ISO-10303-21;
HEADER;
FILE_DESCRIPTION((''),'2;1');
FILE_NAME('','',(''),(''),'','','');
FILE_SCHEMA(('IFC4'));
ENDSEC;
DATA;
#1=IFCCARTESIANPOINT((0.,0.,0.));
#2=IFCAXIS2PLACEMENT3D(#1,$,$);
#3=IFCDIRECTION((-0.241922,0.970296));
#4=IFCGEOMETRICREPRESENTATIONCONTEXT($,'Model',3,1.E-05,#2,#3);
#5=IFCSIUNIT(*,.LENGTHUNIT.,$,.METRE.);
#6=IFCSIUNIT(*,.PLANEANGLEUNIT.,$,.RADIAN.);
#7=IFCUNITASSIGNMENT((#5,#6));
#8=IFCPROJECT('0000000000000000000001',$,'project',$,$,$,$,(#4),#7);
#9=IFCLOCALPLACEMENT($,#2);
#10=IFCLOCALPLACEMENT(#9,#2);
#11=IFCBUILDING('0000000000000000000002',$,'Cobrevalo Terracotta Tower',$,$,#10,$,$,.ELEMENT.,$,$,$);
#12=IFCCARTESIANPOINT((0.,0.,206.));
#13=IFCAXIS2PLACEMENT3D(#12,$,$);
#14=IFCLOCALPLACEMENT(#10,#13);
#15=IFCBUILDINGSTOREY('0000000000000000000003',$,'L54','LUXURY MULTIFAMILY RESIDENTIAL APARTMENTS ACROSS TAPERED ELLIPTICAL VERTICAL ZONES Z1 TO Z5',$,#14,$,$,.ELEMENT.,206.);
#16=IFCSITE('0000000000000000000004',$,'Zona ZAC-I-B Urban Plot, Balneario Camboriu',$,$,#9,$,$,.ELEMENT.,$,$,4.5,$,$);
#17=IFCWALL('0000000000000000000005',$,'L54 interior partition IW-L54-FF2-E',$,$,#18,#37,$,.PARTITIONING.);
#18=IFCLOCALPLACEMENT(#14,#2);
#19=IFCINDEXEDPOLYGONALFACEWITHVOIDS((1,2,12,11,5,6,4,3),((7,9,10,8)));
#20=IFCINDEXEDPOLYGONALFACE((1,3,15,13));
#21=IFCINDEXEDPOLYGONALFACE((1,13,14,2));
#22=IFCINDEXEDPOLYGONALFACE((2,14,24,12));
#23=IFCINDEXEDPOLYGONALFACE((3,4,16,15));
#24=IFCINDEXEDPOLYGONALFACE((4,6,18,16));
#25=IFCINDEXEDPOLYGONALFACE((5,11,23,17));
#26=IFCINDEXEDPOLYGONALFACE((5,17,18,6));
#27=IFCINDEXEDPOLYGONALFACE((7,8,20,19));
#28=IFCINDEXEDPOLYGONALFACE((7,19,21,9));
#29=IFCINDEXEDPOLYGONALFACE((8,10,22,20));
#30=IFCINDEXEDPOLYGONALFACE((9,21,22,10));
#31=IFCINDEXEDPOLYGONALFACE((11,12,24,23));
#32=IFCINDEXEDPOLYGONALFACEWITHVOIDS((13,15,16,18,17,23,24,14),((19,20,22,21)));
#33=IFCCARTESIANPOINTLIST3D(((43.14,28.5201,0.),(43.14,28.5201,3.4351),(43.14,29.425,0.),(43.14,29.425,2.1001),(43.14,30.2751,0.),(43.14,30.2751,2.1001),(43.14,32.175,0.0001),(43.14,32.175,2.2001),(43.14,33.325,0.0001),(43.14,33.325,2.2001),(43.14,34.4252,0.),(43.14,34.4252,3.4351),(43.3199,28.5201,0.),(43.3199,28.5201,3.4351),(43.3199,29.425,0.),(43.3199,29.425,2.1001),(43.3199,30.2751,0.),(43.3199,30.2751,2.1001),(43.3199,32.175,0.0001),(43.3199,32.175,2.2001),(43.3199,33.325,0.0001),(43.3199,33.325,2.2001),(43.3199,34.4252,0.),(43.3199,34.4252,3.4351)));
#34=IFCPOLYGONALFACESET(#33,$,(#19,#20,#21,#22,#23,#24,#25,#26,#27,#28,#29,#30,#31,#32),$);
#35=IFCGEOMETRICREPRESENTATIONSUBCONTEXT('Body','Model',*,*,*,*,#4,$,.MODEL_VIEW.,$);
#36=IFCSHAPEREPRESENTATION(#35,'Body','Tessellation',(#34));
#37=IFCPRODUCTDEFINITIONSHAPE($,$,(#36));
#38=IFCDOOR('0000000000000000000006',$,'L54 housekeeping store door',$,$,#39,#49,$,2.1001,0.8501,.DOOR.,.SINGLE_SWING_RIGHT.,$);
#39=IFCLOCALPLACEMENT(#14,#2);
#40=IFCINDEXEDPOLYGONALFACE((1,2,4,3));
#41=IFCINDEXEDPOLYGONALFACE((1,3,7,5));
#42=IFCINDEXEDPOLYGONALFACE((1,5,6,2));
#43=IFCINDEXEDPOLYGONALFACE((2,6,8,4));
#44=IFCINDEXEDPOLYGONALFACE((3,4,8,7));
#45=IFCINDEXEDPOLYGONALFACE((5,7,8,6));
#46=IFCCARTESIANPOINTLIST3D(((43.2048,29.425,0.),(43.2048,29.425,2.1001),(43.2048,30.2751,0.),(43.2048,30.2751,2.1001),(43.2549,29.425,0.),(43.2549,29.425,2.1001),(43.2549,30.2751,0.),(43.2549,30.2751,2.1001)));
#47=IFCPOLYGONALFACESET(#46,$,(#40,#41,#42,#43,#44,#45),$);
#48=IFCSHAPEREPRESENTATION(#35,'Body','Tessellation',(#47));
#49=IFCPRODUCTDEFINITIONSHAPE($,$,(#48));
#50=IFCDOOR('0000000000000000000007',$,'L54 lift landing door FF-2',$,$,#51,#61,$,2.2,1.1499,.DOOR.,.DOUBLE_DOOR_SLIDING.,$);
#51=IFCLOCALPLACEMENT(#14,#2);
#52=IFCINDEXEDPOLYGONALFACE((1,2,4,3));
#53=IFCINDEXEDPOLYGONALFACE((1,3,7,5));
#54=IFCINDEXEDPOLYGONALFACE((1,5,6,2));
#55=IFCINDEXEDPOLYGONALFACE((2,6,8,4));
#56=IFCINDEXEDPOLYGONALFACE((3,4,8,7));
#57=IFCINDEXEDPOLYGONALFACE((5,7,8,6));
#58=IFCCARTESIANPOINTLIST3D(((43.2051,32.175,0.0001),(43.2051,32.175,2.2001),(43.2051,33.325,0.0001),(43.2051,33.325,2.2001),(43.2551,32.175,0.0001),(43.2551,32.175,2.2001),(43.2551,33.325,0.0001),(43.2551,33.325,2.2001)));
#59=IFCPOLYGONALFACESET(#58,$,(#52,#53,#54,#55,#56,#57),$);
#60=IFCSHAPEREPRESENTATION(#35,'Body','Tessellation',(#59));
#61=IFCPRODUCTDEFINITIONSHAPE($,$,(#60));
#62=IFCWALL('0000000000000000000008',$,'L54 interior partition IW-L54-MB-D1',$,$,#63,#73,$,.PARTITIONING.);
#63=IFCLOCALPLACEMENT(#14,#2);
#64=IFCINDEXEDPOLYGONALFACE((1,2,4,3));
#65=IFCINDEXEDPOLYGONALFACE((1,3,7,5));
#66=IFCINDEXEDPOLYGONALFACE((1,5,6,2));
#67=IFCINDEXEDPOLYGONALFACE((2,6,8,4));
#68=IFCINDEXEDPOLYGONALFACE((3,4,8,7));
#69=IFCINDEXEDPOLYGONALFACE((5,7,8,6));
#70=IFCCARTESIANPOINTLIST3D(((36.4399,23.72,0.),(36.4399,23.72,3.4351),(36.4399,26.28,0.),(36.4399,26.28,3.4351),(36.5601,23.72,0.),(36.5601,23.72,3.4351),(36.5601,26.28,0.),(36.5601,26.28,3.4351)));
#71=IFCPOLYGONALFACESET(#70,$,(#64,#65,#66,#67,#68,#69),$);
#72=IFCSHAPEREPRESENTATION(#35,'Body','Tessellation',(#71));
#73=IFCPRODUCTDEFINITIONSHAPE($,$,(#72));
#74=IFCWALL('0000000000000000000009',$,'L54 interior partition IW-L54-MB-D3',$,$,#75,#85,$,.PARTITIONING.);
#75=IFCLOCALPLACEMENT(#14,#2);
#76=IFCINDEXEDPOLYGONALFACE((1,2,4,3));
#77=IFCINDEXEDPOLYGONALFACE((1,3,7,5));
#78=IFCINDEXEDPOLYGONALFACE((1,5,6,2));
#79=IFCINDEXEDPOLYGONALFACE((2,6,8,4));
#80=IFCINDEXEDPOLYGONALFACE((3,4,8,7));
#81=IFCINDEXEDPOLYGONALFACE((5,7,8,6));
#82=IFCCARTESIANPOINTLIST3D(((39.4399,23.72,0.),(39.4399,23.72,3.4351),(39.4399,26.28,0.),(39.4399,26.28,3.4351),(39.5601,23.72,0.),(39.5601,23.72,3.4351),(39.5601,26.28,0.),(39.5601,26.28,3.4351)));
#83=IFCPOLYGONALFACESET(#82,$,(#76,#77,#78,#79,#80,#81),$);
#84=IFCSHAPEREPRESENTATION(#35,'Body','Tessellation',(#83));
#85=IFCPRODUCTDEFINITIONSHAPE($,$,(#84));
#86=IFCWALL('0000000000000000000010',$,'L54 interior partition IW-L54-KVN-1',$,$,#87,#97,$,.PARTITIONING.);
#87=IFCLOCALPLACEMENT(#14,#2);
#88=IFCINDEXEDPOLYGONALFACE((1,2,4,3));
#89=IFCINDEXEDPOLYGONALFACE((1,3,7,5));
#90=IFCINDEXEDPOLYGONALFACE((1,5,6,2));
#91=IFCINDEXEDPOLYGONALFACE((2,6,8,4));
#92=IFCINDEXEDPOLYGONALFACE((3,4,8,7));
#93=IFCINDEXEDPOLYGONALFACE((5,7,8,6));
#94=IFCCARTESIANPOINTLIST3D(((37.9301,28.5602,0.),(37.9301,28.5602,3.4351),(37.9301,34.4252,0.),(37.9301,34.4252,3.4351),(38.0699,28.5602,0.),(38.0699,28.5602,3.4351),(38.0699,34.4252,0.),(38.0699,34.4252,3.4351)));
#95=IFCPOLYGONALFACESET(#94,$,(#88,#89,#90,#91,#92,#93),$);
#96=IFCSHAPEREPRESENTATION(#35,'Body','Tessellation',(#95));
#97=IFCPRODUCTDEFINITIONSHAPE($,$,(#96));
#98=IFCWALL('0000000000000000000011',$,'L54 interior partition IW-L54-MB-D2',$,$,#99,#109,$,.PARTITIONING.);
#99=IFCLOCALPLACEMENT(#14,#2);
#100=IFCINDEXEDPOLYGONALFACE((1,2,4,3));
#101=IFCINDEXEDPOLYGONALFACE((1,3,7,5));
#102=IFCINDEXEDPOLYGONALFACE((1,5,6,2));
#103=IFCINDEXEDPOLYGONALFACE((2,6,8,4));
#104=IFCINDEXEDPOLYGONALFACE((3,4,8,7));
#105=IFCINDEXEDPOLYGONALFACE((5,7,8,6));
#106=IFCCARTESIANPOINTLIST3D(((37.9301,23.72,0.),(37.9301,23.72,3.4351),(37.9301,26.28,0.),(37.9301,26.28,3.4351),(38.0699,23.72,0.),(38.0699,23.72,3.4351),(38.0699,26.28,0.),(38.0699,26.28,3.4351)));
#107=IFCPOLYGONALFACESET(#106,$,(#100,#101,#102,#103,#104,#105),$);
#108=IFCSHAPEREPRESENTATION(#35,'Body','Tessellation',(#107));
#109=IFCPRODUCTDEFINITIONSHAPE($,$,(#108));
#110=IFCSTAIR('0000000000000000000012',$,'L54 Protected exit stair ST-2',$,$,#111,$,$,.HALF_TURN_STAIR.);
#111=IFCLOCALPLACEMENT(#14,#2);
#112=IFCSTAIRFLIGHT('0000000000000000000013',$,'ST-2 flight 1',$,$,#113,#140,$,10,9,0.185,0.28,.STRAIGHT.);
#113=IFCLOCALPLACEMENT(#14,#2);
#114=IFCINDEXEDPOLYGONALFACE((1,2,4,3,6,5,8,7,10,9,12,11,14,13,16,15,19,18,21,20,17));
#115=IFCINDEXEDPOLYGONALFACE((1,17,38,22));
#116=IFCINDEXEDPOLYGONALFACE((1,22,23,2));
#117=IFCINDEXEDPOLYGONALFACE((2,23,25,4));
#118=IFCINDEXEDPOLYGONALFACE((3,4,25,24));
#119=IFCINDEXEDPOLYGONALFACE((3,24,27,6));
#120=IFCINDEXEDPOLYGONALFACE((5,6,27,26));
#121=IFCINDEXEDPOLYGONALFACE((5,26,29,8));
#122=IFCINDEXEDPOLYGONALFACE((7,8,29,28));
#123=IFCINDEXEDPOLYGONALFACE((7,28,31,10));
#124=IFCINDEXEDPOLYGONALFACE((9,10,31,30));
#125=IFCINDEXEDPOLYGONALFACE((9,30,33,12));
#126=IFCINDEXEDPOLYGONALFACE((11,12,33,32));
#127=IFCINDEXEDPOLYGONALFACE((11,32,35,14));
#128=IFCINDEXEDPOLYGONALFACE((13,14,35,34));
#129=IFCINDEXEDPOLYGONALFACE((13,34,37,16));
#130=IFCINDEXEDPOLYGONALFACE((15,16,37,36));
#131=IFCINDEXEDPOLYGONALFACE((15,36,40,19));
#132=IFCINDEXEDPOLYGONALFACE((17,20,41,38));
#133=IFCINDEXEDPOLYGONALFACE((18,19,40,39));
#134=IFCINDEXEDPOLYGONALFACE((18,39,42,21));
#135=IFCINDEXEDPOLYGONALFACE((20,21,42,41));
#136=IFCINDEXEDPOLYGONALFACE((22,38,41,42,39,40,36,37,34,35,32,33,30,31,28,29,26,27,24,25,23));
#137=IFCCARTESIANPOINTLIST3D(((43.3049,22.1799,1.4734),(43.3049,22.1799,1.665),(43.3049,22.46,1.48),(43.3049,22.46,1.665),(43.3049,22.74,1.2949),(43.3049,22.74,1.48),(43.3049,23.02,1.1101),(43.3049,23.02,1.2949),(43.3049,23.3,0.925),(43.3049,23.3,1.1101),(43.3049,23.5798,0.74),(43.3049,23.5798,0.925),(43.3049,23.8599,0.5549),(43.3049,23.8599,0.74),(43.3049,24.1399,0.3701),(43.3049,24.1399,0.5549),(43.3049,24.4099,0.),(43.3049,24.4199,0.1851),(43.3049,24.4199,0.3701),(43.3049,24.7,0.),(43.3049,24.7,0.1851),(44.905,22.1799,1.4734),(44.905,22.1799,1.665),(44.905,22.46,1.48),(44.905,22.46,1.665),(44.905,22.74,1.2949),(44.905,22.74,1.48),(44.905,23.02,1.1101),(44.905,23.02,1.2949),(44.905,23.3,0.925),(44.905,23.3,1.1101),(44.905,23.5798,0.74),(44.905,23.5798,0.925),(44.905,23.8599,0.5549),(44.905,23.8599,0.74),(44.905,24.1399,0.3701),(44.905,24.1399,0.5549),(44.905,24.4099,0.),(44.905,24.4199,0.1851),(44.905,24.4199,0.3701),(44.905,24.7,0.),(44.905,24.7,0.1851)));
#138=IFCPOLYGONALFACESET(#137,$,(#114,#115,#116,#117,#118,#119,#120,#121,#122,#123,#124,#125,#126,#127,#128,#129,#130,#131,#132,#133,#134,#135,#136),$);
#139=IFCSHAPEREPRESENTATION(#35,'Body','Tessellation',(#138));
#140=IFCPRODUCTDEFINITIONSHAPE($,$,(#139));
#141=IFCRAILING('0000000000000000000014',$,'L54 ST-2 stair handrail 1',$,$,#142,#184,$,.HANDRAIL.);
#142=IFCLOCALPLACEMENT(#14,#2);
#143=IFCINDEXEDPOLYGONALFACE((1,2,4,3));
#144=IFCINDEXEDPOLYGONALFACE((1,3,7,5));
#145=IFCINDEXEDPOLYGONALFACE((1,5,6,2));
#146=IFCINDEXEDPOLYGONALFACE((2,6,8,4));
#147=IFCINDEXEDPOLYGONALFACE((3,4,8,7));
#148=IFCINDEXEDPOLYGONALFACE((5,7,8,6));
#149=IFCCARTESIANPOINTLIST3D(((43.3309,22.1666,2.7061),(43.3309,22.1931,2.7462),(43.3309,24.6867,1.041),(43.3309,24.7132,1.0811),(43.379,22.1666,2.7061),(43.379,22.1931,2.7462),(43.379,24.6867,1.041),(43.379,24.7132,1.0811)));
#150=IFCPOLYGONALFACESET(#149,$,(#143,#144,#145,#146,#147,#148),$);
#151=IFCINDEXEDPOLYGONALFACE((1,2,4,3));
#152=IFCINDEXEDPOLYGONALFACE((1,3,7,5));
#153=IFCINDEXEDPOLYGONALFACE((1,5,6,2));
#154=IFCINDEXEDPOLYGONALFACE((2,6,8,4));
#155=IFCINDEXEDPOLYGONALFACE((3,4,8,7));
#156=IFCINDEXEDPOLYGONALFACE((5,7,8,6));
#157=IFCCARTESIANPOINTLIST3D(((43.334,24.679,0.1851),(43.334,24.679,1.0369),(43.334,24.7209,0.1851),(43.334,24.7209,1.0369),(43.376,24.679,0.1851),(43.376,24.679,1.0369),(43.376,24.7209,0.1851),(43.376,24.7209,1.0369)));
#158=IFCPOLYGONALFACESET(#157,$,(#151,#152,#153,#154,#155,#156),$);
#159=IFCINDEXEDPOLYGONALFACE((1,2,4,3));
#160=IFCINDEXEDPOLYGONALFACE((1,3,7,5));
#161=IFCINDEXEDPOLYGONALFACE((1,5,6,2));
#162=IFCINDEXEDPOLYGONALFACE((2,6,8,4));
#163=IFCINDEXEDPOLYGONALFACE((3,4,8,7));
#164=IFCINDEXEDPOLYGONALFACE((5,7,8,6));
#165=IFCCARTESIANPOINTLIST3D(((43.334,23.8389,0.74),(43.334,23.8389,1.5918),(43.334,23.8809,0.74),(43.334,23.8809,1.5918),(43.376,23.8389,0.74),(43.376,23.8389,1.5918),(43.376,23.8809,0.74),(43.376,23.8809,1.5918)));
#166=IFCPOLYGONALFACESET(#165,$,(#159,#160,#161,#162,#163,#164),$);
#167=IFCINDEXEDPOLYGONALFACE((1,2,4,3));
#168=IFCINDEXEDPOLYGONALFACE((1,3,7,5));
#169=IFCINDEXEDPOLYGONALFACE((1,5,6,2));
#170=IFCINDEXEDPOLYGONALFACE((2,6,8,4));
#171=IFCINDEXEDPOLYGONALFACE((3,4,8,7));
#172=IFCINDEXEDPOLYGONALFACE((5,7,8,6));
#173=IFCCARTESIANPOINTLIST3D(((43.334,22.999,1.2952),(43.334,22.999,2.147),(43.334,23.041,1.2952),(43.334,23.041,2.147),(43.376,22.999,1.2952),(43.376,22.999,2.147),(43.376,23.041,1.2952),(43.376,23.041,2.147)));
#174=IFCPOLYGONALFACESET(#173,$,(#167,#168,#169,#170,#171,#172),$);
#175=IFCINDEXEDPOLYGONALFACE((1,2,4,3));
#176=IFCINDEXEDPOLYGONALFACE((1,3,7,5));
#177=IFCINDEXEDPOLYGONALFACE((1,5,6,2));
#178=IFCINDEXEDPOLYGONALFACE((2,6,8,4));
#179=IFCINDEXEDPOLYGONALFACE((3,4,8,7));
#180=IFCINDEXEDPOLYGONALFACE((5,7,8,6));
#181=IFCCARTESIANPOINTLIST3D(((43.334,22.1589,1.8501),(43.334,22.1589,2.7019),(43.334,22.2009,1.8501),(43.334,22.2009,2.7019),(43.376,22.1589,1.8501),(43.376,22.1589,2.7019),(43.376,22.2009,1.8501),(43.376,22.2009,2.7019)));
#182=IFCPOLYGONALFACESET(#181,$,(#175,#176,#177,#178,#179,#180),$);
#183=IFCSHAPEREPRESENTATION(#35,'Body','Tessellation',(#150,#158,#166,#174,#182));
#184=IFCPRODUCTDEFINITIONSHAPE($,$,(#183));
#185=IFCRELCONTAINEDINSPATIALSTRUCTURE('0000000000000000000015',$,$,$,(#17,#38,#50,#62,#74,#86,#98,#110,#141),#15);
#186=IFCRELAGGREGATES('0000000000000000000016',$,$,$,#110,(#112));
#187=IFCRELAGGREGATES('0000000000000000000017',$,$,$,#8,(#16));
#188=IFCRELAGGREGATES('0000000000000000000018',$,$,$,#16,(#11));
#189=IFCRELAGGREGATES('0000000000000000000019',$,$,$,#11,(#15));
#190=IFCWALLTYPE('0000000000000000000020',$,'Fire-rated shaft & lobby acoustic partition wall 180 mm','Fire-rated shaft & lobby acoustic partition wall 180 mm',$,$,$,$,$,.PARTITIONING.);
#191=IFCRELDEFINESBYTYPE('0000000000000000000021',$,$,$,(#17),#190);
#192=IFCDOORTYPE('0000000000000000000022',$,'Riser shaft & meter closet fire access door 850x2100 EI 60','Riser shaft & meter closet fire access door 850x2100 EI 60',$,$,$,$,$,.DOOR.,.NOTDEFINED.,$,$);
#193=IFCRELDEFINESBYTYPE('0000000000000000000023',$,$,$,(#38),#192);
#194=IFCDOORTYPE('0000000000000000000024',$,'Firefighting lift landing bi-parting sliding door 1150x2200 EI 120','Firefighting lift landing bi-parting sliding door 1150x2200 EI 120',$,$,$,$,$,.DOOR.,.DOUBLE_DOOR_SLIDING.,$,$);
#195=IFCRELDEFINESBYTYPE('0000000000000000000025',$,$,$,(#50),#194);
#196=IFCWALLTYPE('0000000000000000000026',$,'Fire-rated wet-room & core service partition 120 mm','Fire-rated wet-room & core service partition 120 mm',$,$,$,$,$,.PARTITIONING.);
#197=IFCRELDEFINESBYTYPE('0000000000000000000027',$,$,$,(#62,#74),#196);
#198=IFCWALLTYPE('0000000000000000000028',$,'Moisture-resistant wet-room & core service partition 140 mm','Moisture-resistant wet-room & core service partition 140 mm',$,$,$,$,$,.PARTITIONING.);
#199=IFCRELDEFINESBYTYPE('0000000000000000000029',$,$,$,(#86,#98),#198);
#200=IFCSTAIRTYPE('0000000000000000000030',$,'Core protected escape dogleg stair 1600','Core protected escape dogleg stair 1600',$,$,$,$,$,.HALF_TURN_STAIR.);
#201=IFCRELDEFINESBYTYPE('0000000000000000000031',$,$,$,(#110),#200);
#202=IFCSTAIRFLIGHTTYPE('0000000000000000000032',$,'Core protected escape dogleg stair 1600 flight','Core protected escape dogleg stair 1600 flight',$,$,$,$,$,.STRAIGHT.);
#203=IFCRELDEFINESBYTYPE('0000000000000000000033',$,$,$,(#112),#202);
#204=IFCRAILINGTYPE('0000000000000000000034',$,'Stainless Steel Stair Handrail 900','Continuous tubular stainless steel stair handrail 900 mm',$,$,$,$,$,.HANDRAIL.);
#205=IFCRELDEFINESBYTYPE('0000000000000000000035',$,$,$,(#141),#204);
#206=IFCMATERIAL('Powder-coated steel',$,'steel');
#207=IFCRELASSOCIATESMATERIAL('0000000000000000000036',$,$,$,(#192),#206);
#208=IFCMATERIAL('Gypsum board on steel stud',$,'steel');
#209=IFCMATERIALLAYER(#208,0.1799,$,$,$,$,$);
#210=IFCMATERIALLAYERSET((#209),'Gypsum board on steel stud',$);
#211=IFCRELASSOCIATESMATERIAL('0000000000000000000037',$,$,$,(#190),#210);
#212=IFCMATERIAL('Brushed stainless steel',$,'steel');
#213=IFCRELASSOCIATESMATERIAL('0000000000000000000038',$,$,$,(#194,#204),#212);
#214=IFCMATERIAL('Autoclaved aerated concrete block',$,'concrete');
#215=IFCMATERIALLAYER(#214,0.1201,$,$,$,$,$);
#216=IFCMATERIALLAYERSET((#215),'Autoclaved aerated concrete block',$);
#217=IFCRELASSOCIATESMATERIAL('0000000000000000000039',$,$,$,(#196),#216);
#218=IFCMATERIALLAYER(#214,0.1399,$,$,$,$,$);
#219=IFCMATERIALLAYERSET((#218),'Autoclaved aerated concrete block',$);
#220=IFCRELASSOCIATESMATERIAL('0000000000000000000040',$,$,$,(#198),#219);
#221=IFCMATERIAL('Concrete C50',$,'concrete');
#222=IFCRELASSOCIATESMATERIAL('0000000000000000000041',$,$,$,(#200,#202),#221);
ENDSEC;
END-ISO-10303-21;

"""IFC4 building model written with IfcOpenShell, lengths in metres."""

from ifc_helpers import new_model, si_unit, direction, frame, frame_2d, origin, origin_2d, place, context, subcontext, project, spatial, polyline, rectangle, outline, extrude, source, transform, mapped, material, layer, layer_set, type_object, element, fill, aggregate, save


model = new_model("IFC4")

# Units and contexts
model_context = context("Model", 3, precision=1e-05, world=origin(), true_north=direction((-0.241922, 0.970296)))
body_context = subcontext(model_context, "Body", "Model", "MODEL_VIEW")
ifc_project = project(units=[si_unit("LENGTHUNIT", "METRE"), si_unit("PLANEANGLEUNIT", "RADIAN")], contexts=[model_context])

# Site, building, storey
site_placement = place(None, origin())
site = spatial("IfcSite", under=ifc_project, at=site_placement, Name="Zona ZAC-I-B Urban Plot, Balneario Camboriu", CompositionType="ELEMENT", RefElevation=4.5)
building_placement = place(site_placement, origin())
building = spatial("IfcBuilding", under=site, at=building_placement, Name="Cobrevalo Terracotta Tower", CompositionType="ELEMENT")
storey_placement = place(building_placement, frame((0.0, 0.0, 206.0)))
storey = spatial("IfcBuildingStorey", under=building, at=storey_placement, Name="L54", Description="LUXURY MULTIFAMILY RESIDENTIAL APARTMENTS ACROSS TAPERED ELLIPTICAL VERTICAL ZONES Z1 TO Z5", CompositionType="ELEMENT", Elevation=206.0)

# Shared definitions
ifc_material_1 = material(Name="Gypsum board on steel stud", Category="steel")

# Shared definitions
ifc_material_2 = material(Name="Powder-coated steel", Category="steel")
door_type_1 = type_object("IfcDoorType", Name="Riser shaft & meter closet fire access door 850x2100 EI 60", Description="Riser shaft & meter closet fire access door 850x2100 EI 60", OperationType="NOTDEFINED", PredefinedType="DOOR", material=ifc_material_2)
shared_shape_1 = source(origin(), body_context, "Body", "SweptSolid", [
    extrude(rectangle(XDim=0.8501, YDim=2.1001, at=frame_2d((0.425, 1.05))), frame((0.0, 0.0249, 0.0), z_axis=(0.0, -1.0, 0.0), x_axis=(1.0, 0.0, 0.0)), (0.0, 0.0, 1.0), 0.05),
])
ifc_material_3 = material(Name="Brushed stainless steel", Category="steel")

# Shared definitions
ifc_layer_1 = layer(ifc_material_1, 0.1799)
ifc_layer_set_1 = layer_set([ifc_layer_1], Name="Gypsum board on steel stud")
wall_type_1 = type_object("IfcWallType", Name="Fire-rated shaft & lobby acoustic partition wall 180 mm", Description="Fire-rated shaft & lobby acoustic partition wall 180 mm", PredefinedType="PARTITIONING", material=ifc_layer_set_1)

# Wall, openings, doors
wall_1_placement = place(storey_placement, frame((43.23, 28.52, 0.0), z_axis=(0.0, 0.0, 1.0), x_axis=(0.0, 1.0, 0.0)))
wall_1 = element("IfcWall", 1, at=wall_1_placement, inside=storey, type_object=wall_type_1, Name="L54 interior partition IW-L54-FF2-E", PredefinedType="PARTITIONING", context=body_context, shape_type="SweptSolid", body=[
    extrude(rectangle(XDim=5.905, YDim=0.1799, at=frame_2d((2.9526, 0.0))), origin(), (0.0, 0.0, 1.0), 3.4351),
])
opening_1_placement = place(wall_1_placement, frame((0.905, 0.0, 0.0)))
opening_1 = element("IfcOpeningElement", 2, at=opening_1_placement, cuts=wall_1, PredefinedType="OPENING", context=body_context, shape_type="SweptSolid", body=[
    extrude(rectangle(XDim=0.8501, YDim=2.1001, at=frame_2d((0.425, 1.05))), frame((0.0, 0.1001, 0.0), z_axis=(0.0, -1.0, 0.0), x_axis=(1.0, 0.0, 0.0)), (0.0, 0.0, 1.0), 0.2),
])
opening_2_placement = place(wall_1_placement, frame((3.655, 0.0, 0.0)))
opening_2 = element("IfcOpeningElement", 3, at=opening_2_placement, cuts=wall_1, PredefinedType="OPENING", context=body_context, shape_type="SweptSolid", body=[
    extrude(rectangle(XDim=1.1499, YDim=2.2, at=frame_2d((0.575, 1.1001))), frame((0.0, 0.1001, 0.0), z_axis=(0.0, -1.0, 0.0), x_axis=(1.0, 0.0, 0.0)), (0.0, 0.0, 1.0), 0.2),
])
door_1_placement = place(opening_1_placement, frame((0.8501, 0.0, 0.0), z_axis=(0.0, 0.0, 1.0), x_axis=(-1.0, 0.0, 0.0)))
door_1 = element("IfcDoor", 4, at=door_1_placement, inside=storey, type_object=door_type_1, Name="L54 housekeeping store door", OperationType="SINGLE_SWING_RIGHT", OverallHeight=2.1001, OverallWidth=0.8501, PredefinedType="DOOR", context=body_context, shape_type="MappedRepresentation", body=[
    mapped(shared_shape_1, transform((0.0, 0.0, 0.0), scale=1.0)),
])
fill(opening_1, door_1)
door_type_2 = type_object("IfcDoorType", Name="Firefighting lift landing bi-parting sliding door 1150x2200 EI 120", Description="Firefighting lift landing bi-parting sliding door 1150x2200 EI 120", OperationType="DOUBLE_DOOR_SLIDING", PredefinedType="DOOR", material=ifc_material_3)
shared_shape_2 = source(origin(), body_context, "Body", "SweptSolid", [
    extrude(rectangle(XDim=1.1499, YDim=2.2, at=frame_2d((0.575, 1.1001))), frame((0.0, 0.0249, 0.0), z_axis=(0.0, -1.0, 0.0), x_axis=(1.0, 0.0, 0.0)), (0.0, 0.0, 1.0), 0.05),
])
door_2_placement = place(opening_2_placement, origin())
door_2 = element("IfcDoor", 5, at=door_2_placement, inside=storey, type_object=door_type_2, Name="L54 lift landing door FF-2", OperationType="DOUBLE_DOOR_SLIDING", OverallHeight=2.2, OverallWidth=1.1499, PredefinedType="DOOR", context=body_context, shape_type="MappedRepresentation", body=[
    mapped(shared_shape_2, transform((0.0, 0.0, 0.0), scale=1.0)),
])
fill(opening_2, door_2)

# Walls
ifc_material_4 = material(Name="Autoclaved aerated concrete block", Category="concrete")
ifc_layer_2 = layer(ifc_material_4, 0.1201)
ifc_layer_set_2 = layer_set([ifc_layer_2], Name="Autoclaved aerated concrete block")
wall_type_2 = type_object("IfcWallType", Name="Fire-rated wet-room & core service partition 120 mm", Description="Fire-rated wet-room & core service partition 120 mm", PredefinedType="PARTITIONING", material=ifc_layer_set_2)
for number, where, z_axis, x_axis, name in (
    (6, (36.5, 23.72, 0.0), (0.0, 0.0, 1.0), (0.0, 1.0, 0.0), "L54 interior partition IW-L54-MB-D1"),
    (7, (39.5, 23.72, 0.0), (0.0, 0.0, 1.0), (0.0, 1.0, 0.0), "L54 interior partition IW-L54-MB-D3"),
):
    element("IfcWall", number, at=place(storey_placement, frame(where, z_axis=z_axis, x_axis=x_axis)), inside=storey, type_object=wall_type_2, Name=name, PredefinedType="PARTITIONING", context=body_context, shape_type="SweptSolid", body=[
        extrude(rectangle(XDim=2.5601, YDim=0.1201, at=frame_2d((1.28, 0.0))), origin(), (0.0, 0.0, 1.0), 3.4351),
    ])
ifc_layer_3 = layer(ifc_material_4, 0.1399)
ifc_layer_set_3 = layer_set([ifc_layer_3], Name="Autoclaved aerated concrete block")
wall_type_3 = type_object("IfcWallType", Name="Moisture-resistant wet-room & core service partition 140 mm", Description="Moisture-resistant wet-room & core service partition 140 mm", PredefinedType="PARTITIONING", material=ifc_layer_set_3)
wall_2_placement = place(storey_placement, frame((38.0, 28.5601, 0.0), z_axis=(0.0, 0.0, 1.0), x_axis=(0.0, 1.0, 0.0)))
element("IfcWall", 8, at=wall_2_placement, inside=storey, type_object=wall_type_3, Name="L54 interior partition IW-L54-KVN-1", PredefinedType="PARTITIONING", context=body_context, shape_type="SweptSolid", body=[
    extrude(rectangle(XDim=5.865, YDim=0.1399, at=frame_2d((2.9326, 0.0))), origin(), (0.0, 0.0, 1.0), 3.4351),
])
wall_3_placement = place(storey_placement, frame((38.0, 23.72, 0.0), z_axis=(0.0, 0.0, 1.0), x_axis=(0.0, 1.0, 0.0)))
element("IfcWall", 9, at=wall_3_placement, inside=storey, type_object=wall_type_3, Name="L54 interior partition IW-L54-MB-D2", PredefinedType="PARTITIONING", context=body_context, shape_type="SweptSolid", body=[
    extrude(rectangle(XDim=2.5601, YDim=0.1399, at=frame_2d((1.28, 0.0))), origin(), (0.0, 0.0, 1.0), 3.4351),
])

# Shared definitions
ifc_material_5 = material(Name="Concrete C50", Category="concrete")

# Stair, stair flight
stair_type = type_object("IfcStairType", Name="Core protected escape dogleg stair 1600", Description="Core protected escape dogleg stair 1600", PredefinedType="HALF_TURN_STAIR", material=ifc_material_5)
stair_placement = place(storey_placement, origin())
stair = element("IfcStair", 10, at=stair_placement, inside=storey, type_object=stair_type, Name="L54 Protected exit stair ST-2", PredefinedType="HALF_TURN_STAIR")
stair_flight_type = type_object("IfcStairFlightType", Name="Core protected escape dogleg stair 1600 flight", Description="Core protected escape dogleg stair 1600 flight", PredefinedType="STRAIGHT", material=ifc_material_5)
stair_flight_placement = place(storey_placement, frame((44.105, 24.7, 0.0), z_axis=(0.0, 0.0, 1.0), x_axis=(0.0, -1.0, 0.0)))
stair_flight = element("IfcStairFlight", 11, at=stair_flight_placement, type_object=stair_flight_type, Name="ST-2 flight 1", NumberOfRisers=10, NumberOfTreads=9, PredefinedType="STRAIGHT", RiserHeight=0.185, TreadLength=0.28, context=body_context, shape_type="SweptSolid", body=[
    extrude(outline(polyline([(0.0, 0.0), (0.0, 0.1851), (0.28, 0.1851), (0.28, 0.3701), (0.5601, 0.3701), (0.5601, 0.5549), (0.8401, 0.5549), (0.8401, 0.74), (1.1201, 0.74), (1.1201, 0.925), (1.3999, 0.925), (1.3999, 1.1101), (1.6799, 1.1101), (1.6799, 1.2949), (1.96, 1.2949), (1.96, 1.48), (2.24, 1.48), (2.24, 1.665), (2.52, 1.665), (2.52, 1.8501), (2.52, 1.4734), (0.29, 0.0), (0.0, 0.0)])), frame((0.0, 0.8, 0.0), z_axis=(0.0, -1.0, 0.0), x_axis=(1.0, 0.0, 0.0)), (0.0, 0.0, 1.0), 1.6001),
])
aggregate(stair, [stair_flight])

# Railing
railing_type_1 = type_object("IfcRailingType", Name="Stainless Steel Stair Handrail 900", Description="Continuous tubular stainless steel stair handrail 900 mm", PredefinedType="HANDRAIL", material=ifc_material_3)
railing_1_placement = place(storey_placement, frame((43.355, 24.7, 0.1851)))
element("IfcRailing", 12, at=railing_1_placement, inside=storey, type_object=railing_type_1, Name="L54 ST-2 stair handrail 1", PredefinedType="HANDRAIL", context=body_context, shape_type="SweptSolid", body=[
    extrude(rectangle(XDim=0.0481, YDim=0.0481, at=origin_2d()), frame((0.0, 0.0, 0.876), z_axis=(0.0, -0.834331, 0.551263), x_axis=(1.0, 0.0, 0.0)), (0.0, 0.0, 1.0), 3.0205),
    extrude(rectangle(XDim=0.042, YDim=0.042, at=origin_2d()), origin(), (0.0, 0.0, 1.0), 0.8518),
    extrude(rectangle(XDim=0.042, YDim=0.042, at=origin_2d()), frame((0.0, -0.8401, 0.5549)), (0.0, 0.0, 1.0), 0.8518),
    extrude(rectangle(XDim=0.042, YDim=0.042, at=origin_2d()), frame((0.0, -1.6799, 1.1101)), (0.0, 0.0, 1.0), 0.8518),
    extrude(rectangle(XDim=0.042, YDim=0.042, at=origin_2d()), frame((0.0, -2.52, 1.665)), (0.0, 0.0, 1.0), 0.8518),
])

save(model, "model.ifc")
